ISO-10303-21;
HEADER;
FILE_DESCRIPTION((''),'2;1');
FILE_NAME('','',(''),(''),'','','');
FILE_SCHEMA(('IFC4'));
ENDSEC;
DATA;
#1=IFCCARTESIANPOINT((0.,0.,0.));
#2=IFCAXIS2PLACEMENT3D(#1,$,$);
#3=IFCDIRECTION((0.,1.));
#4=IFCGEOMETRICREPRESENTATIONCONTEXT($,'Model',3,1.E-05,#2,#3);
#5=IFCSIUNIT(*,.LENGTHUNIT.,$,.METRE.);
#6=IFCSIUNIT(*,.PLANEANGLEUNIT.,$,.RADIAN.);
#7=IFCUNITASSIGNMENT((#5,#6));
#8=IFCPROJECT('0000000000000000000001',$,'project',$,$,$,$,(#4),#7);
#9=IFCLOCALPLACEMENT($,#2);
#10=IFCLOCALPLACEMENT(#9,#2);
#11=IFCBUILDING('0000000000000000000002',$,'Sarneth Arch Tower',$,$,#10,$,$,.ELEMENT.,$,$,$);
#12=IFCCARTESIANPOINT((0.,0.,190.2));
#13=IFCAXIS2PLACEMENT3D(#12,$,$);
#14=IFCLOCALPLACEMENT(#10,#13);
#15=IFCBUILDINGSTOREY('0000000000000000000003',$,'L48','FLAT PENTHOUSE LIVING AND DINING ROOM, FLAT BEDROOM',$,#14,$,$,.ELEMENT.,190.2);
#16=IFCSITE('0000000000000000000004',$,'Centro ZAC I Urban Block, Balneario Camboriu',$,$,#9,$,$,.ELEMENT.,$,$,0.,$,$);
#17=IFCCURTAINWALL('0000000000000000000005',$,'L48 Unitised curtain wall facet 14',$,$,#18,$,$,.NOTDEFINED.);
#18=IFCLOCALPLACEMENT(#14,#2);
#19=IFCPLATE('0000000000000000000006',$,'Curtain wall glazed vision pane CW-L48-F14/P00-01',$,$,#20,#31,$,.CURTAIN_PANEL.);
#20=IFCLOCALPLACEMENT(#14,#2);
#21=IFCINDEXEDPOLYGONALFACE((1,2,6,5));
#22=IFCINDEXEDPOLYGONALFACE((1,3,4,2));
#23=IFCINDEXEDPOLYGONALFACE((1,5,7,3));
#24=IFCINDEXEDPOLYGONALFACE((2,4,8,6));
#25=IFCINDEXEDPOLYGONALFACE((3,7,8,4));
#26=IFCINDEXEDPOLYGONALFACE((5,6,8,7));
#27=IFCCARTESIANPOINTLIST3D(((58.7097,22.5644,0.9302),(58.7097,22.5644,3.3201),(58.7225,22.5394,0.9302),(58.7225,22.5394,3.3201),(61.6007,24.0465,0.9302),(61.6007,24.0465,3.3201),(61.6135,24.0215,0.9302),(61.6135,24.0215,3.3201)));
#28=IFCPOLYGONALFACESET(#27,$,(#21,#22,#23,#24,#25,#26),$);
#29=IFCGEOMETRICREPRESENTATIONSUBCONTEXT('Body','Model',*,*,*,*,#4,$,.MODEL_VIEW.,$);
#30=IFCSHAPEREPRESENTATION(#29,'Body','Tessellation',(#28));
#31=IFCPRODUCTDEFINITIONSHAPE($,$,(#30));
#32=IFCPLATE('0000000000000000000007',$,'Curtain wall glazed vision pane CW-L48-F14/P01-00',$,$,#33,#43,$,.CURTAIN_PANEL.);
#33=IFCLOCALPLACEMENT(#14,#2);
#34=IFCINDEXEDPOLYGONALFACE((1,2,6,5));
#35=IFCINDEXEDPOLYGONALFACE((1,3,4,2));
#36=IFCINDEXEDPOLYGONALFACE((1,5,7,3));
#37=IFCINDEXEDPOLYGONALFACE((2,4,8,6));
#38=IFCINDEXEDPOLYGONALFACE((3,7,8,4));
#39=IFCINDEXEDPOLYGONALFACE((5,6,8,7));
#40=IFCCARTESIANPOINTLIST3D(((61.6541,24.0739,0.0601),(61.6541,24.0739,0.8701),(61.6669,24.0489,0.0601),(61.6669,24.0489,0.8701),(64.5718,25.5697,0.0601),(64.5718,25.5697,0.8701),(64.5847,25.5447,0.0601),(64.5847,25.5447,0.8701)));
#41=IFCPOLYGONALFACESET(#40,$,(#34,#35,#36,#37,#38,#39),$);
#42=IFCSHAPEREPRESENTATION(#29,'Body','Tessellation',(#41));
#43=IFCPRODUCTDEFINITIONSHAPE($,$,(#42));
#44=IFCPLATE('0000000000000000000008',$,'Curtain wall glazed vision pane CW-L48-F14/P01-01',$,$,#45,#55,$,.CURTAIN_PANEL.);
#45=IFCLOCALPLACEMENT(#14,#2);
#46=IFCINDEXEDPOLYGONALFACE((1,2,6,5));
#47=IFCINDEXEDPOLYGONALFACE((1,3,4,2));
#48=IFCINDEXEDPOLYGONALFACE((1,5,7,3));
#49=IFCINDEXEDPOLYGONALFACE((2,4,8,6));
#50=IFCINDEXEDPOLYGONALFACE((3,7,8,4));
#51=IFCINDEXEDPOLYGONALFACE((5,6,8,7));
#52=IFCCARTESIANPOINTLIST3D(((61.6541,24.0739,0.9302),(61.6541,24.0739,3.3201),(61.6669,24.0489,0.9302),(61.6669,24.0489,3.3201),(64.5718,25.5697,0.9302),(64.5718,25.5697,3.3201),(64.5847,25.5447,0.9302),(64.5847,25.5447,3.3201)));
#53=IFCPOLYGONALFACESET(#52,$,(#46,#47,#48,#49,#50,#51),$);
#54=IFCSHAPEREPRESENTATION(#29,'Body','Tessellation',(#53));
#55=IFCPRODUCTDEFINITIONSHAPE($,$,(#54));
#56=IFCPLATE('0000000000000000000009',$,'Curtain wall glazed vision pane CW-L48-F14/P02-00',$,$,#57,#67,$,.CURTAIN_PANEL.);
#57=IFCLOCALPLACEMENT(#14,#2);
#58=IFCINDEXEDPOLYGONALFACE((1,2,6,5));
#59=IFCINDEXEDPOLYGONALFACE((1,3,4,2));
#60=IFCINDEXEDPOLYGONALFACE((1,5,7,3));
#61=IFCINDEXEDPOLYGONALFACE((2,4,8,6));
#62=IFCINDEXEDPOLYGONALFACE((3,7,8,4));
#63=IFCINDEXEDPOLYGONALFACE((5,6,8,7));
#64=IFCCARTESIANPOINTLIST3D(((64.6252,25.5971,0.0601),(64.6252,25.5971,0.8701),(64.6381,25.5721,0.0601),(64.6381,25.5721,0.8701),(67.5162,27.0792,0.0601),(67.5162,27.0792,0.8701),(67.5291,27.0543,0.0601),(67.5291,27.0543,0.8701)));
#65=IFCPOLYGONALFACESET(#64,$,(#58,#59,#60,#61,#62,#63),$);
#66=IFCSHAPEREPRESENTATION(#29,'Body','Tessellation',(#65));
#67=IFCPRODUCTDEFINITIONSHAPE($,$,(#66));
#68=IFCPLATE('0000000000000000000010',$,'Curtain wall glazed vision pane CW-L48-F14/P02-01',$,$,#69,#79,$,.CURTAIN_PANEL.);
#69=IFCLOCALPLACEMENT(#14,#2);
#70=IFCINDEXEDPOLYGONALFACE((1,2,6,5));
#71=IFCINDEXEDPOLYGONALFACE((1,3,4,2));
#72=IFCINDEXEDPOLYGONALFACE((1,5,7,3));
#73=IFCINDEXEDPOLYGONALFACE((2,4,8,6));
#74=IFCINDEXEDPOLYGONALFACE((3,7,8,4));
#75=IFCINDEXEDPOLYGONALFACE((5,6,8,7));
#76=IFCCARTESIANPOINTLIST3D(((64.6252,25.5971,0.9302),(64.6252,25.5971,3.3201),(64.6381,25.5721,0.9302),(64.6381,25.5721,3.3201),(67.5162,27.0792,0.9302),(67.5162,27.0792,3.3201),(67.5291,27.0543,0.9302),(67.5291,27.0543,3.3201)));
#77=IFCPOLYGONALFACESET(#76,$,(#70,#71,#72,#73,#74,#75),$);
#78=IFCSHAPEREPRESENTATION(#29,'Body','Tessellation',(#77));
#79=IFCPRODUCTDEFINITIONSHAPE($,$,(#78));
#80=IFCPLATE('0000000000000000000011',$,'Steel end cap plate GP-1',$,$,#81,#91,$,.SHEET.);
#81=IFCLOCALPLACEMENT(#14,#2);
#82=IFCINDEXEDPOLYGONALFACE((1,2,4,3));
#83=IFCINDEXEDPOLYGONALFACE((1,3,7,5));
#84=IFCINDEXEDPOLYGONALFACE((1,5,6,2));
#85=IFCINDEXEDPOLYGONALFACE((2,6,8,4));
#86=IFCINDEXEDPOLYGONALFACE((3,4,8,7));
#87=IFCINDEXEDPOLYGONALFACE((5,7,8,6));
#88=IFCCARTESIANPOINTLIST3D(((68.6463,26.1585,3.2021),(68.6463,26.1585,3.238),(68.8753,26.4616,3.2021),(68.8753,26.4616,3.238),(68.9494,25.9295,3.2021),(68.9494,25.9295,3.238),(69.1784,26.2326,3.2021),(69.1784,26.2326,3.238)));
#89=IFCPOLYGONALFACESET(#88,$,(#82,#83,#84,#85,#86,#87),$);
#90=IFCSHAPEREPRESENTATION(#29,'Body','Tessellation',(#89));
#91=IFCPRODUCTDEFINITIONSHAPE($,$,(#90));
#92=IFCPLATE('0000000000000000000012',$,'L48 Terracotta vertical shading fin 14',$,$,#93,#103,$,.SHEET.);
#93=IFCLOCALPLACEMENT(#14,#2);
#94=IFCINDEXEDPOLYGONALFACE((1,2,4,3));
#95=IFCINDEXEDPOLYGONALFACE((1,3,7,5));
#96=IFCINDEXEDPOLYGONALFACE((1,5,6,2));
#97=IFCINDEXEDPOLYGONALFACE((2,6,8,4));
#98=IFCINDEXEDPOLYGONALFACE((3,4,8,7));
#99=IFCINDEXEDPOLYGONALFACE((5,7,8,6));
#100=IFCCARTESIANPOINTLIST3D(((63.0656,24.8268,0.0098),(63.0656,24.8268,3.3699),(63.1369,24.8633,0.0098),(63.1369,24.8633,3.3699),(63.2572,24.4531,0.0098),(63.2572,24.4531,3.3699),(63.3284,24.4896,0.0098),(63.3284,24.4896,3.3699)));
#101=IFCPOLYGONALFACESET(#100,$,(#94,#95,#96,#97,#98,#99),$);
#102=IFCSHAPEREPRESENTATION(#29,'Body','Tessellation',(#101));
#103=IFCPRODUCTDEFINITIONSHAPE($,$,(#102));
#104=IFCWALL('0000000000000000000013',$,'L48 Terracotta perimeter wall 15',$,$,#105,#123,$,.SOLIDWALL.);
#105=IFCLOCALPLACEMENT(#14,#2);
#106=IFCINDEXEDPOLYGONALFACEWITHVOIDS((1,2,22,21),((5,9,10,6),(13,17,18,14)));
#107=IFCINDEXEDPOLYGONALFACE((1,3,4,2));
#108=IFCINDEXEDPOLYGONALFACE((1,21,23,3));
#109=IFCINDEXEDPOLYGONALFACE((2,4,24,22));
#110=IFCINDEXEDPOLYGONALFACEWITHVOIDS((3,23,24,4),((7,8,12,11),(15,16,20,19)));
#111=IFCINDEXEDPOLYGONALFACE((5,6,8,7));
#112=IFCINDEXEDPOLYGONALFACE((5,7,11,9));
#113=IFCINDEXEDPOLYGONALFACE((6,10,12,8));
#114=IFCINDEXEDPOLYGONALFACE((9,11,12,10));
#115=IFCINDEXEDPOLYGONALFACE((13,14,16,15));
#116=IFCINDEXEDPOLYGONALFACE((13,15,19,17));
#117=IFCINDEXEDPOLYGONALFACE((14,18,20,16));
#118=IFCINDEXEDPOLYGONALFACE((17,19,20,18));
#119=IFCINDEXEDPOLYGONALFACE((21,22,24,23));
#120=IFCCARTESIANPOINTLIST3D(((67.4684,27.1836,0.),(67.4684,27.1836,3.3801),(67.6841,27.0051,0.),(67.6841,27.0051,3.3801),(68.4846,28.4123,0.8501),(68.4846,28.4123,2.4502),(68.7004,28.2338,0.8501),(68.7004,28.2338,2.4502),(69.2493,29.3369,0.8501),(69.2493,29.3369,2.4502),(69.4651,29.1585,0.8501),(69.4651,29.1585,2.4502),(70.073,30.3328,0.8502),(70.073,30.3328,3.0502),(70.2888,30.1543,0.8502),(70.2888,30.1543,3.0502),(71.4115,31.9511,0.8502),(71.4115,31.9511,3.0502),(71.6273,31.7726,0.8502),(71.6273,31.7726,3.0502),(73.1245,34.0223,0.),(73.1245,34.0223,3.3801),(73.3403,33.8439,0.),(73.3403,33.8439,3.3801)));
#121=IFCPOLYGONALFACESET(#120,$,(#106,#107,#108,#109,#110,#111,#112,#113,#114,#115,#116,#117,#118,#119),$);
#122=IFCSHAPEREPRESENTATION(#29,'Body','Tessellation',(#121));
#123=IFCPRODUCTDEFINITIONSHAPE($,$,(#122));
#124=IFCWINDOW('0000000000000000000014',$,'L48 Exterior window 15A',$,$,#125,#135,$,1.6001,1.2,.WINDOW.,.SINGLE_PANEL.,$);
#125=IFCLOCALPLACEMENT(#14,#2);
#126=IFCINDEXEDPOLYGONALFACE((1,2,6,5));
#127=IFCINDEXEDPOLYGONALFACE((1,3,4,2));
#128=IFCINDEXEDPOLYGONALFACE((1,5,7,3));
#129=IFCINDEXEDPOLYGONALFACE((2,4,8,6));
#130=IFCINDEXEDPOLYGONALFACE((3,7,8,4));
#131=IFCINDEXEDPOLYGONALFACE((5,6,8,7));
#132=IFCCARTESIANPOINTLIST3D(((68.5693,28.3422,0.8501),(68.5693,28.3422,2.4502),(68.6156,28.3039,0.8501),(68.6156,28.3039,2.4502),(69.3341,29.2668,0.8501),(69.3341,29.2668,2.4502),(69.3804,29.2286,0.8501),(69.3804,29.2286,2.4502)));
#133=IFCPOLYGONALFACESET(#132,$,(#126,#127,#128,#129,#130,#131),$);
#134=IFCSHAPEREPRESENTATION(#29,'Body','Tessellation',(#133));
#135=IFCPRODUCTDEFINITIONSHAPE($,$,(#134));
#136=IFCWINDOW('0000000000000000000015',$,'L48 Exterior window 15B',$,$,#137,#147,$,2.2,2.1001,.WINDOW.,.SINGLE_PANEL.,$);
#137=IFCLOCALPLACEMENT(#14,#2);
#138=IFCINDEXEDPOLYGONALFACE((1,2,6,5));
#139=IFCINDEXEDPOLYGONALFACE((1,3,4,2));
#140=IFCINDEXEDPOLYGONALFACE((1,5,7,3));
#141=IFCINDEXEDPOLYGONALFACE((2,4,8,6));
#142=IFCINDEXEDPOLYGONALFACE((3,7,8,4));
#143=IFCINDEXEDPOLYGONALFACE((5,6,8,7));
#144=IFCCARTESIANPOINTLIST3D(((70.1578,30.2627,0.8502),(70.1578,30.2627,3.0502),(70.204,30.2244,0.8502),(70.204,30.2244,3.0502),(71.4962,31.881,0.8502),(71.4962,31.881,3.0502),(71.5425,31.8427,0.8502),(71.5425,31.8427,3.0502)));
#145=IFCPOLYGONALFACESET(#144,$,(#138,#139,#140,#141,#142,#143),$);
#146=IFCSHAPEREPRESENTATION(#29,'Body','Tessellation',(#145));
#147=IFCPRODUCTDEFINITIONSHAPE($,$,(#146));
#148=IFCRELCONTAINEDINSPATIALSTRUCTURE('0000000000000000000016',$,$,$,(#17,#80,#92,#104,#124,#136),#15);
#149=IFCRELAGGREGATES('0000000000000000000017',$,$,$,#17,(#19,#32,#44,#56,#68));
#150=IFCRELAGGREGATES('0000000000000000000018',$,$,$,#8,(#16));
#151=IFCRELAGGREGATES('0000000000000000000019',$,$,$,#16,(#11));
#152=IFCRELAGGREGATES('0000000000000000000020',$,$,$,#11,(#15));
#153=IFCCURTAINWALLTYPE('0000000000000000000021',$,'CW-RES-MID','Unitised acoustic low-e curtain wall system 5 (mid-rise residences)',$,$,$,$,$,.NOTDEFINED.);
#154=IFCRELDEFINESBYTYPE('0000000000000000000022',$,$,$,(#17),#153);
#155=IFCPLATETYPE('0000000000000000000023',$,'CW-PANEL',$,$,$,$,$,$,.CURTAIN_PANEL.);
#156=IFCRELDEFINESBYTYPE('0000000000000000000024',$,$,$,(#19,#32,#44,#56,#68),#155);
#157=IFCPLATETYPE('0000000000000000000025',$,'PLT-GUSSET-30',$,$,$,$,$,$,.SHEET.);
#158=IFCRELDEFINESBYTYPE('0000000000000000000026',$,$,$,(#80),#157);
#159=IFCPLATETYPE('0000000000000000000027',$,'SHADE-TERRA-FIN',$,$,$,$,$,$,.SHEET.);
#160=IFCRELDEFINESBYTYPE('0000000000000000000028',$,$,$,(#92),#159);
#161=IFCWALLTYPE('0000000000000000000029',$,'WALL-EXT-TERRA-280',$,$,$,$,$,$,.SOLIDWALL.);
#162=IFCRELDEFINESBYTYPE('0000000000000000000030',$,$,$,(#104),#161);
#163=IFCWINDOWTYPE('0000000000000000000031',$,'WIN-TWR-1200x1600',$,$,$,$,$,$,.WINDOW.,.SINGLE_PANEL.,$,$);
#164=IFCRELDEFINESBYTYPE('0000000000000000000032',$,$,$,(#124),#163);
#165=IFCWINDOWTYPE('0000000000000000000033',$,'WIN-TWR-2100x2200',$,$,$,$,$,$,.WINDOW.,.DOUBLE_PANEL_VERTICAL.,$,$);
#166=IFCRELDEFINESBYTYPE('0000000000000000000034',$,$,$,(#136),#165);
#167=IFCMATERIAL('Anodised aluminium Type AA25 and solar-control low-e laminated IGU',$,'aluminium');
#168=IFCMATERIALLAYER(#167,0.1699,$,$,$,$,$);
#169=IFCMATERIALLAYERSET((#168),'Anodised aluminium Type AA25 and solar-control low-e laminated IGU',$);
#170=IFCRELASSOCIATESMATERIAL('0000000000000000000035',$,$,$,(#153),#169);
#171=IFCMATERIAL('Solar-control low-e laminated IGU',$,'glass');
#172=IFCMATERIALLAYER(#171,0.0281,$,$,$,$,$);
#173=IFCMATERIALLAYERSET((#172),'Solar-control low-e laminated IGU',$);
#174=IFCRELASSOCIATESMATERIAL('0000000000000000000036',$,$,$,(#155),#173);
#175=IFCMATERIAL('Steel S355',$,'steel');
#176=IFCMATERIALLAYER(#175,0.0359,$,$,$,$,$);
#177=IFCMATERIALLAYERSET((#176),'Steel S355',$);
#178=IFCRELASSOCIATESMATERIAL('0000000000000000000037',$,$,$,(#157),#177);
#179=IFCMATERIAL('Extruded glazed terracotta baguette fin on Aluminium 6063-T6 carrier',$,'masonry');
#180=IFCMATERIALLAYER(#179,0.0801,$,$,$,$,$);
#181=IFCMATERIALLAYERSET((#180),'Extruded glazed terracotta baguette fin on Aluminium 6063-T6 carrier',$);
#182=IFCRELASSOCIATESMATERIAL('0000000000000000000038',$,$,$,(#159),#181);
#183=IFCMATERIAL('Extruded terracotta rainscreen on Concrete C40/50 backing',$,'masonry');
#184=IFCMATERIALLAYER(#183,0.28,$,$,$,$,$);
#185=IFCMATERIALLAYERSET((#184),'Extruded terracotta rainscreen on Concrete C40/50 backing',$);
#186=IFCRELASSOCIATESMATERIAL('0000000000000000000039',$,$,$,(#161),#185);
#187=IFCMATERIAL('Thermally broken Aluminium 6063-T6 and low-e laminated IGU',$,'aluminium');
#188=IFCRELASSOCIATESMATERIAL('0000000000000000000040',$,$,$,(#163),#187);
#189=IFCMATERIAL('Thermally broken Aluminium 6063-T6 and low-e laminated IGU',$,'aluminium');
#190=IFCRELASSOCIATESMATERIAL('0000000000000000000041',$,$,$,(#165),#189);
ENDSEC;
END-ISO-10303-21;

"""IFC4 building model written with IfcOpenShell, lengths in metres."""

from ifc_helpers import new_model, si_unit, direction, frame, frame_2d, origin, origin_2d, place, context, subcontext, project, spatial, rectangle, extrude, material, layer, layer_set, type_object, element, fill, aggregate, save


model = new_model("IFC4")

# Units and contexts
model_context = context("Model", 3, precision=1e-05, world=origin(), true_north=direction((0.0, 1.0)))
body_context = subcontext(model_context, "Body", "Model", "MODEL_VIEW")
ifc_project = project(units=[si_unit("LENGTHUNIT", "METRE"), si_unit("PLANEANGLEUNIT", "RADIAN")], contexts=[model_context])

# Site, building, storey
site_placement = place(None, origin())
site = spatial("IfcSite", under=ifc_project, at=site_placement, Name="Centro ZAC I Urban Block, Balneario Camboriu", CompositionType="ELEMENT", RefElevation=0.0)
building_placement = place(site_placement, origin())
building = spatial("IfcBuilding", under=site, at=building_placement, Name="Sarneth Arch Tower", CompositionType="ELEMENT")
storey_placement = place(building_placement, frame((0.0, 0.0, 190.2)))
storey = spatial("IfcBuildingStorey", under=building, at=storey_placement, Name="L48", Description="FLAT PENTHOUSE LIVING AND DINING ROOM, FLAT BEDROOM", CompositionType="ELEMENT", Elevation=190.2)

# Curtain wall
ifc_material_1 = material(Name="Anodised aluminium Type AA25 and solar-control low-e laminated IGU", Category="aluminium")
ifc_layer_1 = layer(ifc_material_1, 0.1699)
ifc_layer_set_1 = layer_set([ifc_layer_1], Name="Anodised aluminium Type AA25 and solar-control low-e laminated IGU")
curtain_wall_type = type_object("IfcCurtainWallType", Name="CW-RES-MID", Description="Unitised acoustic low-e curtain wall system 5 (mid-rise residences)", PredefinedType="NOTDEFINED", material=ifc_layer_set_1)
curtain_wall_placement = place(storey_placement, origin())
curtain_wall = element("IfcCurtainWall", 1, at=curtain_wall_placement, inside=storey, type_object=curtain_wall_type, Name="L48 Unitised curtain wall facet 14", PredefinedType="NOTDEFINED")

# Plates
ifc_material_2 = material(Name="Solar-control low-e laminated IGU", Category="glass")
ifc_layer_2 = layer(ifc_material_2, 0.0281)
ifc_layer_set_2 = layer_set([ifc_layer_2], Name="Solar-control low-e laminated IGU")
plate_type_1 = type_object("IfcPlateType", Name="CW-PANEL", PredefinedType="CURTAIN_PANEL", material=ifc_layer_set_2)
plate_1_placement = place(storey_placement, frame((60.1616, 23.293, 0.9302), z_axis=(0.0, 0.0, 1.0), x_axis=(0.889873, 0.456208, 0.0)))
plate_1 = element("IfcPlate", 2, at=plate_1_placement, type_object=plate_type_1, Name="Curtain wall glazed vision pane CW-L48-F14/P00-01", PredefinedType="CURTAIN_PANEL", context=body_context, shape_type="SweptSolid", body=[
    extrude(rectangle(XDim=3.2488, YDim=0.0281, at=origin_2d()), origin(), (0.0, 0.0, 1.0), 2.3899),
])
plate_2_placement = place(storey_placement, frame((63.1194, 24.8093, 0.0601), z_axis=(0.0, 0.0, 1.0), x_axis=(0.889873, 0.456208, 0.0)))
plate_2 = element("IfcPlate", 3, at=plate_2_placement, type_object=plate_type_1, Name="Curtain wall glazed vision pane CW-L48-F14/P01-00", PredefinedType="CURTAIN_PANEL", context=body_context, shape_type="SweptSolid", body=[
    extrude(rectangle(XDim=3.2788, YDim=0.0281, at=origin_2d()), origin(), (0.0, 0.0, 1.0), 0.8101),
])
plate_3_placement = place(storey_placement, frame((63.1194, 24.8093, 0.9302), z_axis=(0.0, 0.0, 1.0), x_axis=(0.889873, 0.456208, 0.0)))
plate_3 = element("IfcPlate", 4, at=plate_3_placement, type_object=plate_type_1, Name="Curtain wall glazed vision pane CW-L48-F14/P01-01", PredefinedType="CURTAIN_PANEL", context=body_context, shape_type="SweptSolid", body=[
    extrude(rectangle(XDim=3.2788, YDim=0.0281, at=origin_2d()), origin(), (0.0, 0.0, 1.0), 2.3899),
])
plate_4_placement = place(storey_placement, frame((66.0771, 26.3257, 0.0601), z_axis=(0.0, 0.0, 1.0), x_axis=(0.889873, 0.456208, 0.0)))
plate_4 = element("IfcPlate", 5, at=plate_4_placement, type_object=plate_type_1, Name="Curtain wall glazed vision pane CW-L48-F14/P02-00", PredefinedType="CURTAIN_PANEL", context=body_context, shape_type="SweptSolid", body=[
    extrude(rectangle(XDim=3.2488, YDim=0.0281, at=origin_2d()), origin(), (0.0, 0.0, 1.0), 0.8101),
])
plate_5_placement = place(storey_placement, frame((66.0771, 26.3257, 0.9302), z_axis=(0.0, 0.0, 1.0), x_axis=(0.889873, 0.456208, 0.0)))
plate_5 = element("IfcPlate", 6, at=plate_5_placement, type_object=plate_type_1, Name="Curtain wall glazed vision pane CW-L48-F14/P02-01", PredefinedType="CURTAIN_PANEL", context=body_context, shape_type="SweptSolid", body=[
    extrude(rectangle(XDim=3.2488, YDim=0.0281, at=origin_2d()), origin(), (0.0, 0.0, 1.0), 2.3899),
])
aggregate(curtain_wall, [plate_1, plate_2, plate_3, plate_4, plate_5])

# Plates
ifc_material_3 = material(Name="Steel S355", Category="steel")
ifc_layer_3 = layer(ifc_material_3, 0.0359)
ifc_layer_set_3 = layer_set([ifc_layer_3], Name="Steel S355")
plate_type_2 = type_object("IfcPlateType", Name="PLT-GUSSET-30", PredefinedType="SHEET", material=ifc_layer_set_3)
plate_6_placement = place(storey_placement, frame((68.9124, 26.1956, 3.2021), z_axis=(0.0, 0.0, 1.0), x_axis=(0.797794, -0.60293, 0.0)))
element("IfcPlate", 7, at=plate_6_placement, inside=storey, type_object=plate_type_2, Name="Steel end cap plate GP-1", PredefinedType="SHEET", context=body_context, shape_type="SweptSolid", body=[
    extrude(rectangle(XDim=0.3799, YDim=0.3799, at=origin_2d()), origin(), (0.0, 0.0, 1.0), 0.0359),
])
ifc_material_4 = material(Name="Extruded glazed terracotta baguette fin on Aluminium 6063-T6 carrier", Category="masonry")
ifc_layer_4 = layer(ifc_material_4, 0.0801)
ifc_layer_set_4 = layer_set([ifc_layer_4], Name="Extruded glazed terracotta baguette fin on Aluminium 6063-T6 carrier")
plate_type_3 = type_object("IfcPlateType", Name="SHADE-TERRA-FIN", PredefinedType="SHEET", material=ifc_layer_set_4)
plate_7_placement = place(storey_placement, frame((63.197, 24.6582, 0.0098), z_axis=(0.0, 0.0, 1.0), x_axis=(0.456166, -0.889895, 0.0)))
element("IfcPlate", 8, at=plate_7_placement, inside=storey, type_object=plate_type_3, Name="L48 Terracotta vertical shading fin 14", PredefinedType="SHEET", context=body_context, shape_type="SweptSolid", body=[
    extrude(rectangle(XDim=0.4199, YDim=0.0801, at=origin_2d()), origin(), (0.0, 0.0, 1.0), 3.3601),
])

# Wall, openings, windows
ifc_material_5 = material(Name="Extruded terracotta rainscreen on Concrete C40/50 backing", Category="masonry")
ifc_layer_5 = layer(ifc_material_5, 0.28)
ifc_layer_set_5 = layer_set([ifc_layer_5], Name="Extruded terracotta rainscreen on Concrete C40/50 backing")
wall_type = type_object("IfcWallType", Name="WALL-EXT-TERRA-280", PredefinedType="SOLIDWALL", material=ifc_layer_set_5)
wall_placement = place(storey_placement, frame((67.5762, 27.0942, 0.0), z_axis=(0.0, 0.0, 1.0), x_axis=(0.637333, 0.770588, 0.0)))
wall = element("IfcWall", 9, at=wall_placement, inside=storey, type_object=wall_type, Name="L48 Terracotta perimeter wall 15", PredefinedType="SOLIDWALL", context=body_context, shape_type="SweptSolid", body=[
    extrude(rectangle(XDim=8.8748, YDim=0.28, at=frame_2d((4.4375, 0.0))), origin(), (0.0, 0.0, 1.0), 3.3801),
])
opening_1_placement = place(wall_placement, frame((1.5945, 0.0, 0.8501)))
opening_1 = element("IfcOpeningElement", 10, at=opening_1_placement, cuts=wall, PredefinedType="OPENING", context=body_context, shape_type="SweptSolid", body=[
    extrude(rectangle(XDim=1.2, YDim=1.6001, at=frame_2d((0.6001, 0.8))), frame((0.0, 0.1499, 0.0), z_axis=(0.0, -1.0, 0.0), x_axis=(1.0, 0.0, 0.0)), (0.0, 0.0, 1.0), 0.3),
])
opening_2_placement = place(wall_placement, frame((4.0869, 0.0, 0.8501)))
opening_2 = element("IfcOpeningElement", 11, at=opening_2_placement, cuts=wall, PredefinedType="OPENING", context=body_context, shape_type="SweptSolid", body=[
    extrude(rectangle(XDim=2.1001, YDim=2.2, at=frame_2d((1.05, 1.1001))), frame((0.0, 0.1499, 0.0), z_axis=(0.0, -1.0, 0.0), x_axis=(1.0, 0.0, 0.0)), (0.0, 0.0, 1.0), 0.3),
])
ifc_material_6 = material(Name="Thermally broken Aluminium 6063-T6 and low-e laminated IGU", Category="aluminium")
window_type_1 = type_object("IfcWindowType", Name="WIN-TWR-1200x1600", PartitioningType="SINGLE_PANEL", PredefinedType="WINDOW", material=ifc_material_6)
window_1_placement = place(opening_1_placement, origin())
window_1 = element("IfcWindow", 12, at=window_1_placement, inside=storey, type_object=window_type_1, Name="L48 Exterior window 15A", OverallHeight=1.6001, OverallWidth=1.2, PartitioningType="SINGLE_PANEL", PredefinedType="WINDOW", context=body_context, shape_type="SweptSolid", body=[
    extrude(rectangle(XDim=1.2, YDim=1.6001, at=frame_2d((0.6001, 0.8))), frame((0.0, 0.03, 0.0), z_axis=(0.0, -1.0, 0.0), x_axis=(1.0, 0.0, 0.0)), (0.0, 0.0, 1.0), 0.0601),
])
fill(opening_1, window_1)
ifc_material_7 = material(Name="Thermally broken Aluminium 6063-T6 and low-e laminated IGU", Category="aluminium")
window_type_2 = type_object("IfcWindowType", Name="WIN-TWR-2100x2200", PartitioningType="DOUBLE_PANEL_VERTICAL", PredefinedType="WINDOW", material=ifc_material_7)
window_2_placement = place(opening_2_placement, origin())
window_2 = element("IfcWindow", 13, at=window_2_placement, inside=storey, type_object=window_type_2, Name="L48 Exterior window 15B", OverallHeight=2.2, OverallWidth=2.1001, PartitioningType="SINGLE_PANEL", PredefinedType="WINDOW", context=body_context, shape_type="SweptSolid", body=[
    extrude(rectangle(XDim=2.1001, YDim=2.2, at=frame_2d((1.05, 1.1001))), frame((0.0, 0.03, 0.0), z_axis=(0.0, -1.0, 0.0), x_axis=(1.0, 0.0, 0.0)), (0.0, 0.0, 1.0), 0.0601),
])
fill(opening_2, window_2)

save(model, "model.ifc")
